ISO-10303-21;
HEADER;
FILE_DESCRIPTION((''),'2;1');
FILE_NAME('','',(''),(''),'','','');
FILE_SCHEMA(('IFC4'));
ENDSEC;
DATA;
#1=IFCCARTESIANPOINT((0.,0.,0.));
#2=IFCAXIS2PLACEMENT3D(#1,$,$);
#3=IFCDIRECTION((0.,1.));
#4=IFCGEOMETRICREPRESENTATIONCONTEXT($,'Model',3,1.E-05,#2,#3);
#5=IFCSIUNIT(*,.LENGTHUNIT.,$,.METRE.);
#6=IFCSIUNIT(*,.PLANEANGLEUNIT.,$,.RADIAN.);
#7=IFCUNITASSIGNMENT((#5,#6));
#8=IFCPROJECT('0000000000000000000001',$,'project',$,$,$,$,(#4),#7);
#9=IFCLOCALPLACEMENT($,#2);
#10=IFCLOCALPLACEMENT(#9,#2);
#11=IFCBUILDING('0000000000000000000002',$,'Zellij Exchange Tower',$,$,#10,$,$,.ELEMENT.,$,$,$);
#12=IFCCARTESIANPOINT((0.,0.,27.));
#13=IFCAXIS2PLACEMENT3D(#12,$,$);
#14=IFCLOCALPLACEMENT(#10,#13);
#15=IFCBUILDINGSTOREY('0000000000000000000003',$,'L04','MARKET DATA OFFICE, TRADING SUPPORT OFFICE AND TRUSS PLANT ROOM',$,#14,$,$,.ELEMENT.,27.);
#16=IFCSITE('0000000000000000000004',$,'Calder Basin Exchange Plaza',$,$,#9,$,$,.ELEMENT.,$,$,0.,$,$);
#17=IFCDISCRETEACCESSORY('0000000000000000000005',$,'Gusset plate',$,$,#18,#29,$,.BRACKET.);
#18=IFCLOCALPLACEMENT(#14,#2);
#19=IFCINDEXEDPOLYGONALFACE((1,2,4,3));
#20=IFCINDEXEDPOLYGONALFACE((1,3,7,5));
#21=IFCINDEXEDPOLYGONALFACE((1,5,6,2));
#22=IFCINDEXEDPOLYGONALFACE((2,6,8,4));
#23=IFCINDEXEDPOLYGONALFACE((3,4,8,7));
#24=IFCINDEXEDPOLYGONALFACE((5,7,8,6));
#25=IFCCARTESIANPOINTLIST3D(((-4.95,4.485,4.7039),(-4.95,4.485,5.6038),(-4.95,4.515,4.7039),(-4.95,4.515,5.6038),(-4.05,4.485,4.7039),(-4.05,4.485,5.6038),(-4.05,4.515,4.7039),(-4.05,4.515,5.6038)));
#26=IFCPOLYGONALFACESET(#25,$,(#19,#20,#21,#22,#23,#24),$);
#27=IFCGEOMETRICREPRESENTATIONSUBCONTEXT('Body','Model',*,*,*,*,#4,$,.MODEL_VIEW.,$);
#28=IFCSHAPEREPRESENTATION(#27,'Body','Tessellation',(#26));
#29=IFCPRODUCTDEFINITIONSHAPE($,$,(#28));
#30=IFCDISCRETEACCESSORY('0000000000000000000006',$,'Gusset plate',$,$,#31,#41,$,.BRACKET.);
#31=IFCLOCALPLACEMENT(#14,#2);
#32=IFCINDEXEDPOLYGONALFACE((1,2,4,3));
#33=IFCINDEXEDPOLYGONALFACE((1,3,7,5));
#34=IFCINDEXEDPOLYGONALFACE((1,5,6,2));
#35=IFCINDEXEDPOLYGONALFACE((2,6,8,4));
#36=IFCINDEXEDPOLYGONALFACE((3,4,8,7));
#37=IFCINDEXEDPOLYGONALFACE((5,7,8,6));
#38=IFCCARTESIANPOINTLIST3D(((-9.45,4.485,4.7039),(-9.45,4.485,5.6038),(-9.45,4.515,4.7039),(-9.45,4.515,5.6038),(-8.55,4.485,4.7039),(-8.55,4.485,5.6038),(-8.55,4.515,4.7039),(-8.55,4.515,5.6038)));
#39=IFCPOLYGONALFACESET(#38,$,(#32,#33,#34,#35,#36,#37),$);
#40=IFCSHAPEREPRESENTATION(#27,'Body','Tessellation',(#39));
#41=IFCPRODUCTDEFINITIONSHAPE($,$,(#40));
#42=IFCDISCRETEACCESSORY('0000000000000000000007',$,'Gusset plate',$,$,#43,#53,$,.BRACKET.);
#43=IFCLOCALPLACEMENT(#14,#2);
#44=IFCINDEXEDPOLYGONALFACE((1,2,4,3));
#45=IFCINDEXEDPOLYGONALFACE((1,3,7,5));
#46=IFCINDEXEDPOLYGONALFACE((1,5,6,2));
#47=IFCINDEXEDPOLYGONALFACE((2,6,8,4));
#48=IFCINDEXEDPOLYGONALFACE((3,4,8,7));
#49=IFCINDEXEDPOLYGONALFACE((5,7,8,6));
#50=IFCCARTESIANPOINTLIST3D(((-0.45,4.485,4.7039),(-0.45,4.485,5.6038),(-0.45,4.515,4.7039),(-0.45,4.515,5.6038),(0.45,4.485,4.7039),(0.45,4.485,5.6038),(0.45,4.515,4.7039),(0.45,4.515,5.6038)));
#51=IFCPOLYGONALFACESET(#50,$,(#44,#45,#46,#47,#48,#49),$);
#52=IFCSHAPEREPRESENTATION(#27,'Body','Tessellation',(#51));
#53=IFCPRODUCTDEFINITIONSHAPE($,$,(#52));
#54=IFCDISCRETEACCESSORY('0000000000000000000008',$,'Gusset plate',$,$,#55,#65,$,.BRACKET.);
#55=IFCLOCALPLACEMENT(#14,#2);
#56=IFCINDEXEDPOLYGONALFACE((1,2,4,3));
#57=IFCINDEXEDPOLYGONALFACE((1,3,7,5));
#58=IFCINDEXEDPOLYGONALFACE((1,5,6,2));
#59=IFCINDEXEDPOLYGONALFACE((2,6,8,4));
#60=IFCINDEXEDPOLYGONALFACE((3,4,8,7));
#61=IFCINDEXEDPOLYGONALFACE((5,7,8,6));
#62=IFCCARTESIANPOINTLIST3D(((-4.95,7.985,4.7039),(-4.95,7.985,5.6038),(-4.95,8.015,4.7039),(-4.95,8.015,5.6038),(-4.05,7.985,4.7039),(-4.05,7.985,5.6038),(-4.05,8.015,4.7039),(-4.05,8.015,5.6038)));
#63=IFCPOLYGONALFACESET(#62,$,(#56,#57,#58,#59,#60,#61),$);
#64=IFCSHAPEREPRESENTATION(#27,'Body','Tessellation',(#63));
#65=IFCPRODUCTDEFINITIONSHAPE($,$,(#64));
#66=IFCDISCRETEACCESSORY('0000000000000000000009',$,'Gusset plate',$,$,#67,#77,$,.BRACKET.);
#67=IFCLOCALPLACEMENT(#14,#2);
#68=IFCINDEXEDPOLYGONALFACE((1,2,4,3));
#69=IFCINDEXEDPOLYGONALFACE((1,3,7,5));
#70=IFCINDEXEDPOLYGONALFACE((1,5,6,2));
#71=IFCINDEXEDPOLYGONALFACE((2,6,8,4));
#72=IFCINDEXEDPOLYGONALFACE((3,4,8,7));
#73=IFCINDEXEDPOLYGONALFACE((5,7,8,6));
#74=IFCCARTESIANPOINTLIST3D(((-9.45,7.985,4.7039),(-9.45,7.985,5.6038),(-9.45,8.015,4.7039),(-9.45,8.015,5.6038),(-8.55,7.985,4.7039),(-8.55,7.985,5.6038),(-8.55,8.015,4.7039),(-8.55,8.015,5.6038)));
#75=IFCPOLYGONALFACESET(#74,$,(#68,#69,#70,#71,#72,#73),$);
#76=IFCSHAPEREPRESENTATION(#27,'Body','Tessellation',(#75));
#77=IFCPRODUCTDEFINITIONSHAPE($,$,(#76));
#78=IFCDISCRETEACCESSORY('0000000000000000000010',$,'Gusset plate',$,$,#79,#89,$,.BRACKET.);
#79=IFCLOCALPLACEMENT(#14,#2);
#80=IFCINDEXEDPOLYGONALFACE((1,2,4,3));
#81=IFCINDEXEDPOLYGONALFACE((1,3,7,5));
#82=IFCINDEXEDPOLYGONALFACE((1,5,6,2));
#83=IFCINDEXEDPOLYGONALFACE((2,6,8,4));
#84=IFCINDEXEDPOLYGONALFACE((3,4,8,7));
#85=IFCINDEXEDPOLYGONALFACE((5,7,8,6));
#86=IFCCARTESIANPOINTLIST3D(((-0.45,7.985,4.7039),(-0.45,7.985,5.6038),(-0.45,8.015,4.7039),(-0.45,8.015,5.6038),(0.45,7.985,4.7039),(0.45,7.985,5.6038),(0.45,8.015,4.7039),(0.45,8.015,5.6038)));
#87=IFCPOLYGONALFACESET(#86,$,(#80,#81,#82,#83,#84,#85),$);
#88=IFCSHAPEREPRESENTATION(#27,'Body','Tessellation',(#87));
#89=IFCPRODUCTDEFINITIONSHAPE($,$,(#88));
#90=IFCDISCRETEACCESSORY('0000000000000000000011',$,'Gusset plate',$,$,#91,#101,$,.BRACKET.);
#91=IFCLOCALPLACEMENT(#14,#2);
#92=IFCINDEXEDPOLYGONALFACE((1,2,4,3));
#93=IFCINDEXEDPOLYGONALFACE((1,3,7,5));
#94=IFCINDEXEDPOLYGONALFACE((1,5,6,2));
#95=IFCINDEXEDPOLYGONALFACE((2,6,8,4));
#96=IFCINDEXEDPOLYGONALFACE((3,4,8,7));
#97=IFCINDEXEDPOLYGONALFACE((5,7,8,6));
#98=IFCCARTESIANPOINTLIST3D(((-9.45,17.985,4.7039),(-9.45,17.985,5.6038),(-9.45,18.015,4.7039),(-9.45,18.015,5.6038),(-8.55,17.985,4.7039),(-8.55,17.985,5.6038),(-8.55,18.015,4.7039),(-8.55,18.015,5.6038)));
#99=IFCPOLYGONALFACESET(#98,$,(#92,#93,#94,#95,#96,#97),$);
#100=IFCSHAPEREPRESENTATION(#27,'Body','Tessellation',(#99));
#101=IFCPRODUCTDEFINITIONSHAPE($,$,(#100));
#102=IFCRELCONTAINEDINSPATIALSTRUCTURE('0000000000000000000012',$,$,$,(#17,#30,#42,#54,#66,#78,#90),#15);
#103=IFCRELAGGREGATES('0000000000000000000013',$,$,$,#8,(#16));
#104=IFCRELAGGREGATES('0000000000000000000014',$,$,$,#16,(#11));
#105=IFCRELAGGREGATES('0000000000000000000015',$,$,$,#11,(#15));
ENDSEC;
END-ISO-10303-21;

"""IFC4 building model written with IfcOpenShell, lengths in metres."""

from ifc_helpers import new_model, si_unit, direction, frame, origin, origin_2d, place, context, subcontext, project, spatial, rectangle, extrude, element, save


model = new_model("IFC4")

# Units and contexts
model_context = context("Model", 3, precision=1e-05, world=origin(), true_north=direction((0.0, 1.0)))
body_context = subcontext(model_context, "Body", "Model", "MODEL_VIEW")
ifc_project = project(units=[si_unit("LENGTHUNIT", "METRE"), si_unit("PLANEANGLEUNIT", "RADIAN")], contexts=[model_context])

# Site, building, storey
site_placement = place(None, origin())
site = spatial("IfcSite", under=ifc_project, at=site_placement, Name="Calder Basin Exchange Plaza", CompositionType="ELEMENT", RefElevation=0.0)
building_placement = place(site_placement, origin())
building = spatial("IfcBuilding", under=site, at=building_placement, Name="Zellij Exchange Tower", CompositionType="ELEMENT")
storey_placement = place(building_placement, frame((0.0, 0.0, 27.0)))
storey = spatial("IfcBuildingStorey", under=building, at=storey_placement, Name="L04", Description="MARKET DATA OFFICE, TRADING SUPPORT OFFICE AND TRUSS PLANT ROOM", CompositionType="ELEMENT", Elevation=27.0)

# Discrete accessories
for number, where, z_axis, x_axis, name in (
    (1, (-4.5, 4.5, 4.7039), (0.0, 0.0, 1.0), (1.0, 0.0, 0.0), "Gusset plate"),
    (2, (-9.0, 4.5, 4.7039), (0.0, 0.0, 1.0), (1.0, 0.0, 0.0), "Gusset plate"),
    (3, (0.0, 4.5, 4.7039), (0.0, 0.0, 1.0), (1.0, 0.0, 0.0), "Gusset plate"),
    (4, (-4.5, 8.0, 4.7039), (0.0, 0.0, 1.0), (1.0, 0.0, 0.0), "Gusset plate"),
    (5, (-9.0, 8.0, 4.7039), (0.0, 0.0, 1.0), (1.0, 0.0, 0.0), "Gusset plate"),
    (6, (0.0, 8.0, 4.7039), (0.0, 0.0, 1.0), (1.0, 0.0, 0.0), "Gusset plate"),
    (7, (-9.0, 18.0, 4.7039), (0.0, 0.0, 1.0), (1.0, 0.0, 0.0), "Gusset plate"),
):
    element("IfcDiscreteAccessory", number, at=place(storey_placement, frame(where, z_axis=z_axis, x_axis=x_axis)), inside=storey, Name=name, PredefinedType="BRACKET", context=body_context, shape_type="SweptSolid", body=[
        extrude(rectangle(XDim=0.8999, YDim=0.03, at=origin_2d()), origin(), (0.0, 0.0, 1.0), 0.8999),
    ])

save(model, "model.ifc")
